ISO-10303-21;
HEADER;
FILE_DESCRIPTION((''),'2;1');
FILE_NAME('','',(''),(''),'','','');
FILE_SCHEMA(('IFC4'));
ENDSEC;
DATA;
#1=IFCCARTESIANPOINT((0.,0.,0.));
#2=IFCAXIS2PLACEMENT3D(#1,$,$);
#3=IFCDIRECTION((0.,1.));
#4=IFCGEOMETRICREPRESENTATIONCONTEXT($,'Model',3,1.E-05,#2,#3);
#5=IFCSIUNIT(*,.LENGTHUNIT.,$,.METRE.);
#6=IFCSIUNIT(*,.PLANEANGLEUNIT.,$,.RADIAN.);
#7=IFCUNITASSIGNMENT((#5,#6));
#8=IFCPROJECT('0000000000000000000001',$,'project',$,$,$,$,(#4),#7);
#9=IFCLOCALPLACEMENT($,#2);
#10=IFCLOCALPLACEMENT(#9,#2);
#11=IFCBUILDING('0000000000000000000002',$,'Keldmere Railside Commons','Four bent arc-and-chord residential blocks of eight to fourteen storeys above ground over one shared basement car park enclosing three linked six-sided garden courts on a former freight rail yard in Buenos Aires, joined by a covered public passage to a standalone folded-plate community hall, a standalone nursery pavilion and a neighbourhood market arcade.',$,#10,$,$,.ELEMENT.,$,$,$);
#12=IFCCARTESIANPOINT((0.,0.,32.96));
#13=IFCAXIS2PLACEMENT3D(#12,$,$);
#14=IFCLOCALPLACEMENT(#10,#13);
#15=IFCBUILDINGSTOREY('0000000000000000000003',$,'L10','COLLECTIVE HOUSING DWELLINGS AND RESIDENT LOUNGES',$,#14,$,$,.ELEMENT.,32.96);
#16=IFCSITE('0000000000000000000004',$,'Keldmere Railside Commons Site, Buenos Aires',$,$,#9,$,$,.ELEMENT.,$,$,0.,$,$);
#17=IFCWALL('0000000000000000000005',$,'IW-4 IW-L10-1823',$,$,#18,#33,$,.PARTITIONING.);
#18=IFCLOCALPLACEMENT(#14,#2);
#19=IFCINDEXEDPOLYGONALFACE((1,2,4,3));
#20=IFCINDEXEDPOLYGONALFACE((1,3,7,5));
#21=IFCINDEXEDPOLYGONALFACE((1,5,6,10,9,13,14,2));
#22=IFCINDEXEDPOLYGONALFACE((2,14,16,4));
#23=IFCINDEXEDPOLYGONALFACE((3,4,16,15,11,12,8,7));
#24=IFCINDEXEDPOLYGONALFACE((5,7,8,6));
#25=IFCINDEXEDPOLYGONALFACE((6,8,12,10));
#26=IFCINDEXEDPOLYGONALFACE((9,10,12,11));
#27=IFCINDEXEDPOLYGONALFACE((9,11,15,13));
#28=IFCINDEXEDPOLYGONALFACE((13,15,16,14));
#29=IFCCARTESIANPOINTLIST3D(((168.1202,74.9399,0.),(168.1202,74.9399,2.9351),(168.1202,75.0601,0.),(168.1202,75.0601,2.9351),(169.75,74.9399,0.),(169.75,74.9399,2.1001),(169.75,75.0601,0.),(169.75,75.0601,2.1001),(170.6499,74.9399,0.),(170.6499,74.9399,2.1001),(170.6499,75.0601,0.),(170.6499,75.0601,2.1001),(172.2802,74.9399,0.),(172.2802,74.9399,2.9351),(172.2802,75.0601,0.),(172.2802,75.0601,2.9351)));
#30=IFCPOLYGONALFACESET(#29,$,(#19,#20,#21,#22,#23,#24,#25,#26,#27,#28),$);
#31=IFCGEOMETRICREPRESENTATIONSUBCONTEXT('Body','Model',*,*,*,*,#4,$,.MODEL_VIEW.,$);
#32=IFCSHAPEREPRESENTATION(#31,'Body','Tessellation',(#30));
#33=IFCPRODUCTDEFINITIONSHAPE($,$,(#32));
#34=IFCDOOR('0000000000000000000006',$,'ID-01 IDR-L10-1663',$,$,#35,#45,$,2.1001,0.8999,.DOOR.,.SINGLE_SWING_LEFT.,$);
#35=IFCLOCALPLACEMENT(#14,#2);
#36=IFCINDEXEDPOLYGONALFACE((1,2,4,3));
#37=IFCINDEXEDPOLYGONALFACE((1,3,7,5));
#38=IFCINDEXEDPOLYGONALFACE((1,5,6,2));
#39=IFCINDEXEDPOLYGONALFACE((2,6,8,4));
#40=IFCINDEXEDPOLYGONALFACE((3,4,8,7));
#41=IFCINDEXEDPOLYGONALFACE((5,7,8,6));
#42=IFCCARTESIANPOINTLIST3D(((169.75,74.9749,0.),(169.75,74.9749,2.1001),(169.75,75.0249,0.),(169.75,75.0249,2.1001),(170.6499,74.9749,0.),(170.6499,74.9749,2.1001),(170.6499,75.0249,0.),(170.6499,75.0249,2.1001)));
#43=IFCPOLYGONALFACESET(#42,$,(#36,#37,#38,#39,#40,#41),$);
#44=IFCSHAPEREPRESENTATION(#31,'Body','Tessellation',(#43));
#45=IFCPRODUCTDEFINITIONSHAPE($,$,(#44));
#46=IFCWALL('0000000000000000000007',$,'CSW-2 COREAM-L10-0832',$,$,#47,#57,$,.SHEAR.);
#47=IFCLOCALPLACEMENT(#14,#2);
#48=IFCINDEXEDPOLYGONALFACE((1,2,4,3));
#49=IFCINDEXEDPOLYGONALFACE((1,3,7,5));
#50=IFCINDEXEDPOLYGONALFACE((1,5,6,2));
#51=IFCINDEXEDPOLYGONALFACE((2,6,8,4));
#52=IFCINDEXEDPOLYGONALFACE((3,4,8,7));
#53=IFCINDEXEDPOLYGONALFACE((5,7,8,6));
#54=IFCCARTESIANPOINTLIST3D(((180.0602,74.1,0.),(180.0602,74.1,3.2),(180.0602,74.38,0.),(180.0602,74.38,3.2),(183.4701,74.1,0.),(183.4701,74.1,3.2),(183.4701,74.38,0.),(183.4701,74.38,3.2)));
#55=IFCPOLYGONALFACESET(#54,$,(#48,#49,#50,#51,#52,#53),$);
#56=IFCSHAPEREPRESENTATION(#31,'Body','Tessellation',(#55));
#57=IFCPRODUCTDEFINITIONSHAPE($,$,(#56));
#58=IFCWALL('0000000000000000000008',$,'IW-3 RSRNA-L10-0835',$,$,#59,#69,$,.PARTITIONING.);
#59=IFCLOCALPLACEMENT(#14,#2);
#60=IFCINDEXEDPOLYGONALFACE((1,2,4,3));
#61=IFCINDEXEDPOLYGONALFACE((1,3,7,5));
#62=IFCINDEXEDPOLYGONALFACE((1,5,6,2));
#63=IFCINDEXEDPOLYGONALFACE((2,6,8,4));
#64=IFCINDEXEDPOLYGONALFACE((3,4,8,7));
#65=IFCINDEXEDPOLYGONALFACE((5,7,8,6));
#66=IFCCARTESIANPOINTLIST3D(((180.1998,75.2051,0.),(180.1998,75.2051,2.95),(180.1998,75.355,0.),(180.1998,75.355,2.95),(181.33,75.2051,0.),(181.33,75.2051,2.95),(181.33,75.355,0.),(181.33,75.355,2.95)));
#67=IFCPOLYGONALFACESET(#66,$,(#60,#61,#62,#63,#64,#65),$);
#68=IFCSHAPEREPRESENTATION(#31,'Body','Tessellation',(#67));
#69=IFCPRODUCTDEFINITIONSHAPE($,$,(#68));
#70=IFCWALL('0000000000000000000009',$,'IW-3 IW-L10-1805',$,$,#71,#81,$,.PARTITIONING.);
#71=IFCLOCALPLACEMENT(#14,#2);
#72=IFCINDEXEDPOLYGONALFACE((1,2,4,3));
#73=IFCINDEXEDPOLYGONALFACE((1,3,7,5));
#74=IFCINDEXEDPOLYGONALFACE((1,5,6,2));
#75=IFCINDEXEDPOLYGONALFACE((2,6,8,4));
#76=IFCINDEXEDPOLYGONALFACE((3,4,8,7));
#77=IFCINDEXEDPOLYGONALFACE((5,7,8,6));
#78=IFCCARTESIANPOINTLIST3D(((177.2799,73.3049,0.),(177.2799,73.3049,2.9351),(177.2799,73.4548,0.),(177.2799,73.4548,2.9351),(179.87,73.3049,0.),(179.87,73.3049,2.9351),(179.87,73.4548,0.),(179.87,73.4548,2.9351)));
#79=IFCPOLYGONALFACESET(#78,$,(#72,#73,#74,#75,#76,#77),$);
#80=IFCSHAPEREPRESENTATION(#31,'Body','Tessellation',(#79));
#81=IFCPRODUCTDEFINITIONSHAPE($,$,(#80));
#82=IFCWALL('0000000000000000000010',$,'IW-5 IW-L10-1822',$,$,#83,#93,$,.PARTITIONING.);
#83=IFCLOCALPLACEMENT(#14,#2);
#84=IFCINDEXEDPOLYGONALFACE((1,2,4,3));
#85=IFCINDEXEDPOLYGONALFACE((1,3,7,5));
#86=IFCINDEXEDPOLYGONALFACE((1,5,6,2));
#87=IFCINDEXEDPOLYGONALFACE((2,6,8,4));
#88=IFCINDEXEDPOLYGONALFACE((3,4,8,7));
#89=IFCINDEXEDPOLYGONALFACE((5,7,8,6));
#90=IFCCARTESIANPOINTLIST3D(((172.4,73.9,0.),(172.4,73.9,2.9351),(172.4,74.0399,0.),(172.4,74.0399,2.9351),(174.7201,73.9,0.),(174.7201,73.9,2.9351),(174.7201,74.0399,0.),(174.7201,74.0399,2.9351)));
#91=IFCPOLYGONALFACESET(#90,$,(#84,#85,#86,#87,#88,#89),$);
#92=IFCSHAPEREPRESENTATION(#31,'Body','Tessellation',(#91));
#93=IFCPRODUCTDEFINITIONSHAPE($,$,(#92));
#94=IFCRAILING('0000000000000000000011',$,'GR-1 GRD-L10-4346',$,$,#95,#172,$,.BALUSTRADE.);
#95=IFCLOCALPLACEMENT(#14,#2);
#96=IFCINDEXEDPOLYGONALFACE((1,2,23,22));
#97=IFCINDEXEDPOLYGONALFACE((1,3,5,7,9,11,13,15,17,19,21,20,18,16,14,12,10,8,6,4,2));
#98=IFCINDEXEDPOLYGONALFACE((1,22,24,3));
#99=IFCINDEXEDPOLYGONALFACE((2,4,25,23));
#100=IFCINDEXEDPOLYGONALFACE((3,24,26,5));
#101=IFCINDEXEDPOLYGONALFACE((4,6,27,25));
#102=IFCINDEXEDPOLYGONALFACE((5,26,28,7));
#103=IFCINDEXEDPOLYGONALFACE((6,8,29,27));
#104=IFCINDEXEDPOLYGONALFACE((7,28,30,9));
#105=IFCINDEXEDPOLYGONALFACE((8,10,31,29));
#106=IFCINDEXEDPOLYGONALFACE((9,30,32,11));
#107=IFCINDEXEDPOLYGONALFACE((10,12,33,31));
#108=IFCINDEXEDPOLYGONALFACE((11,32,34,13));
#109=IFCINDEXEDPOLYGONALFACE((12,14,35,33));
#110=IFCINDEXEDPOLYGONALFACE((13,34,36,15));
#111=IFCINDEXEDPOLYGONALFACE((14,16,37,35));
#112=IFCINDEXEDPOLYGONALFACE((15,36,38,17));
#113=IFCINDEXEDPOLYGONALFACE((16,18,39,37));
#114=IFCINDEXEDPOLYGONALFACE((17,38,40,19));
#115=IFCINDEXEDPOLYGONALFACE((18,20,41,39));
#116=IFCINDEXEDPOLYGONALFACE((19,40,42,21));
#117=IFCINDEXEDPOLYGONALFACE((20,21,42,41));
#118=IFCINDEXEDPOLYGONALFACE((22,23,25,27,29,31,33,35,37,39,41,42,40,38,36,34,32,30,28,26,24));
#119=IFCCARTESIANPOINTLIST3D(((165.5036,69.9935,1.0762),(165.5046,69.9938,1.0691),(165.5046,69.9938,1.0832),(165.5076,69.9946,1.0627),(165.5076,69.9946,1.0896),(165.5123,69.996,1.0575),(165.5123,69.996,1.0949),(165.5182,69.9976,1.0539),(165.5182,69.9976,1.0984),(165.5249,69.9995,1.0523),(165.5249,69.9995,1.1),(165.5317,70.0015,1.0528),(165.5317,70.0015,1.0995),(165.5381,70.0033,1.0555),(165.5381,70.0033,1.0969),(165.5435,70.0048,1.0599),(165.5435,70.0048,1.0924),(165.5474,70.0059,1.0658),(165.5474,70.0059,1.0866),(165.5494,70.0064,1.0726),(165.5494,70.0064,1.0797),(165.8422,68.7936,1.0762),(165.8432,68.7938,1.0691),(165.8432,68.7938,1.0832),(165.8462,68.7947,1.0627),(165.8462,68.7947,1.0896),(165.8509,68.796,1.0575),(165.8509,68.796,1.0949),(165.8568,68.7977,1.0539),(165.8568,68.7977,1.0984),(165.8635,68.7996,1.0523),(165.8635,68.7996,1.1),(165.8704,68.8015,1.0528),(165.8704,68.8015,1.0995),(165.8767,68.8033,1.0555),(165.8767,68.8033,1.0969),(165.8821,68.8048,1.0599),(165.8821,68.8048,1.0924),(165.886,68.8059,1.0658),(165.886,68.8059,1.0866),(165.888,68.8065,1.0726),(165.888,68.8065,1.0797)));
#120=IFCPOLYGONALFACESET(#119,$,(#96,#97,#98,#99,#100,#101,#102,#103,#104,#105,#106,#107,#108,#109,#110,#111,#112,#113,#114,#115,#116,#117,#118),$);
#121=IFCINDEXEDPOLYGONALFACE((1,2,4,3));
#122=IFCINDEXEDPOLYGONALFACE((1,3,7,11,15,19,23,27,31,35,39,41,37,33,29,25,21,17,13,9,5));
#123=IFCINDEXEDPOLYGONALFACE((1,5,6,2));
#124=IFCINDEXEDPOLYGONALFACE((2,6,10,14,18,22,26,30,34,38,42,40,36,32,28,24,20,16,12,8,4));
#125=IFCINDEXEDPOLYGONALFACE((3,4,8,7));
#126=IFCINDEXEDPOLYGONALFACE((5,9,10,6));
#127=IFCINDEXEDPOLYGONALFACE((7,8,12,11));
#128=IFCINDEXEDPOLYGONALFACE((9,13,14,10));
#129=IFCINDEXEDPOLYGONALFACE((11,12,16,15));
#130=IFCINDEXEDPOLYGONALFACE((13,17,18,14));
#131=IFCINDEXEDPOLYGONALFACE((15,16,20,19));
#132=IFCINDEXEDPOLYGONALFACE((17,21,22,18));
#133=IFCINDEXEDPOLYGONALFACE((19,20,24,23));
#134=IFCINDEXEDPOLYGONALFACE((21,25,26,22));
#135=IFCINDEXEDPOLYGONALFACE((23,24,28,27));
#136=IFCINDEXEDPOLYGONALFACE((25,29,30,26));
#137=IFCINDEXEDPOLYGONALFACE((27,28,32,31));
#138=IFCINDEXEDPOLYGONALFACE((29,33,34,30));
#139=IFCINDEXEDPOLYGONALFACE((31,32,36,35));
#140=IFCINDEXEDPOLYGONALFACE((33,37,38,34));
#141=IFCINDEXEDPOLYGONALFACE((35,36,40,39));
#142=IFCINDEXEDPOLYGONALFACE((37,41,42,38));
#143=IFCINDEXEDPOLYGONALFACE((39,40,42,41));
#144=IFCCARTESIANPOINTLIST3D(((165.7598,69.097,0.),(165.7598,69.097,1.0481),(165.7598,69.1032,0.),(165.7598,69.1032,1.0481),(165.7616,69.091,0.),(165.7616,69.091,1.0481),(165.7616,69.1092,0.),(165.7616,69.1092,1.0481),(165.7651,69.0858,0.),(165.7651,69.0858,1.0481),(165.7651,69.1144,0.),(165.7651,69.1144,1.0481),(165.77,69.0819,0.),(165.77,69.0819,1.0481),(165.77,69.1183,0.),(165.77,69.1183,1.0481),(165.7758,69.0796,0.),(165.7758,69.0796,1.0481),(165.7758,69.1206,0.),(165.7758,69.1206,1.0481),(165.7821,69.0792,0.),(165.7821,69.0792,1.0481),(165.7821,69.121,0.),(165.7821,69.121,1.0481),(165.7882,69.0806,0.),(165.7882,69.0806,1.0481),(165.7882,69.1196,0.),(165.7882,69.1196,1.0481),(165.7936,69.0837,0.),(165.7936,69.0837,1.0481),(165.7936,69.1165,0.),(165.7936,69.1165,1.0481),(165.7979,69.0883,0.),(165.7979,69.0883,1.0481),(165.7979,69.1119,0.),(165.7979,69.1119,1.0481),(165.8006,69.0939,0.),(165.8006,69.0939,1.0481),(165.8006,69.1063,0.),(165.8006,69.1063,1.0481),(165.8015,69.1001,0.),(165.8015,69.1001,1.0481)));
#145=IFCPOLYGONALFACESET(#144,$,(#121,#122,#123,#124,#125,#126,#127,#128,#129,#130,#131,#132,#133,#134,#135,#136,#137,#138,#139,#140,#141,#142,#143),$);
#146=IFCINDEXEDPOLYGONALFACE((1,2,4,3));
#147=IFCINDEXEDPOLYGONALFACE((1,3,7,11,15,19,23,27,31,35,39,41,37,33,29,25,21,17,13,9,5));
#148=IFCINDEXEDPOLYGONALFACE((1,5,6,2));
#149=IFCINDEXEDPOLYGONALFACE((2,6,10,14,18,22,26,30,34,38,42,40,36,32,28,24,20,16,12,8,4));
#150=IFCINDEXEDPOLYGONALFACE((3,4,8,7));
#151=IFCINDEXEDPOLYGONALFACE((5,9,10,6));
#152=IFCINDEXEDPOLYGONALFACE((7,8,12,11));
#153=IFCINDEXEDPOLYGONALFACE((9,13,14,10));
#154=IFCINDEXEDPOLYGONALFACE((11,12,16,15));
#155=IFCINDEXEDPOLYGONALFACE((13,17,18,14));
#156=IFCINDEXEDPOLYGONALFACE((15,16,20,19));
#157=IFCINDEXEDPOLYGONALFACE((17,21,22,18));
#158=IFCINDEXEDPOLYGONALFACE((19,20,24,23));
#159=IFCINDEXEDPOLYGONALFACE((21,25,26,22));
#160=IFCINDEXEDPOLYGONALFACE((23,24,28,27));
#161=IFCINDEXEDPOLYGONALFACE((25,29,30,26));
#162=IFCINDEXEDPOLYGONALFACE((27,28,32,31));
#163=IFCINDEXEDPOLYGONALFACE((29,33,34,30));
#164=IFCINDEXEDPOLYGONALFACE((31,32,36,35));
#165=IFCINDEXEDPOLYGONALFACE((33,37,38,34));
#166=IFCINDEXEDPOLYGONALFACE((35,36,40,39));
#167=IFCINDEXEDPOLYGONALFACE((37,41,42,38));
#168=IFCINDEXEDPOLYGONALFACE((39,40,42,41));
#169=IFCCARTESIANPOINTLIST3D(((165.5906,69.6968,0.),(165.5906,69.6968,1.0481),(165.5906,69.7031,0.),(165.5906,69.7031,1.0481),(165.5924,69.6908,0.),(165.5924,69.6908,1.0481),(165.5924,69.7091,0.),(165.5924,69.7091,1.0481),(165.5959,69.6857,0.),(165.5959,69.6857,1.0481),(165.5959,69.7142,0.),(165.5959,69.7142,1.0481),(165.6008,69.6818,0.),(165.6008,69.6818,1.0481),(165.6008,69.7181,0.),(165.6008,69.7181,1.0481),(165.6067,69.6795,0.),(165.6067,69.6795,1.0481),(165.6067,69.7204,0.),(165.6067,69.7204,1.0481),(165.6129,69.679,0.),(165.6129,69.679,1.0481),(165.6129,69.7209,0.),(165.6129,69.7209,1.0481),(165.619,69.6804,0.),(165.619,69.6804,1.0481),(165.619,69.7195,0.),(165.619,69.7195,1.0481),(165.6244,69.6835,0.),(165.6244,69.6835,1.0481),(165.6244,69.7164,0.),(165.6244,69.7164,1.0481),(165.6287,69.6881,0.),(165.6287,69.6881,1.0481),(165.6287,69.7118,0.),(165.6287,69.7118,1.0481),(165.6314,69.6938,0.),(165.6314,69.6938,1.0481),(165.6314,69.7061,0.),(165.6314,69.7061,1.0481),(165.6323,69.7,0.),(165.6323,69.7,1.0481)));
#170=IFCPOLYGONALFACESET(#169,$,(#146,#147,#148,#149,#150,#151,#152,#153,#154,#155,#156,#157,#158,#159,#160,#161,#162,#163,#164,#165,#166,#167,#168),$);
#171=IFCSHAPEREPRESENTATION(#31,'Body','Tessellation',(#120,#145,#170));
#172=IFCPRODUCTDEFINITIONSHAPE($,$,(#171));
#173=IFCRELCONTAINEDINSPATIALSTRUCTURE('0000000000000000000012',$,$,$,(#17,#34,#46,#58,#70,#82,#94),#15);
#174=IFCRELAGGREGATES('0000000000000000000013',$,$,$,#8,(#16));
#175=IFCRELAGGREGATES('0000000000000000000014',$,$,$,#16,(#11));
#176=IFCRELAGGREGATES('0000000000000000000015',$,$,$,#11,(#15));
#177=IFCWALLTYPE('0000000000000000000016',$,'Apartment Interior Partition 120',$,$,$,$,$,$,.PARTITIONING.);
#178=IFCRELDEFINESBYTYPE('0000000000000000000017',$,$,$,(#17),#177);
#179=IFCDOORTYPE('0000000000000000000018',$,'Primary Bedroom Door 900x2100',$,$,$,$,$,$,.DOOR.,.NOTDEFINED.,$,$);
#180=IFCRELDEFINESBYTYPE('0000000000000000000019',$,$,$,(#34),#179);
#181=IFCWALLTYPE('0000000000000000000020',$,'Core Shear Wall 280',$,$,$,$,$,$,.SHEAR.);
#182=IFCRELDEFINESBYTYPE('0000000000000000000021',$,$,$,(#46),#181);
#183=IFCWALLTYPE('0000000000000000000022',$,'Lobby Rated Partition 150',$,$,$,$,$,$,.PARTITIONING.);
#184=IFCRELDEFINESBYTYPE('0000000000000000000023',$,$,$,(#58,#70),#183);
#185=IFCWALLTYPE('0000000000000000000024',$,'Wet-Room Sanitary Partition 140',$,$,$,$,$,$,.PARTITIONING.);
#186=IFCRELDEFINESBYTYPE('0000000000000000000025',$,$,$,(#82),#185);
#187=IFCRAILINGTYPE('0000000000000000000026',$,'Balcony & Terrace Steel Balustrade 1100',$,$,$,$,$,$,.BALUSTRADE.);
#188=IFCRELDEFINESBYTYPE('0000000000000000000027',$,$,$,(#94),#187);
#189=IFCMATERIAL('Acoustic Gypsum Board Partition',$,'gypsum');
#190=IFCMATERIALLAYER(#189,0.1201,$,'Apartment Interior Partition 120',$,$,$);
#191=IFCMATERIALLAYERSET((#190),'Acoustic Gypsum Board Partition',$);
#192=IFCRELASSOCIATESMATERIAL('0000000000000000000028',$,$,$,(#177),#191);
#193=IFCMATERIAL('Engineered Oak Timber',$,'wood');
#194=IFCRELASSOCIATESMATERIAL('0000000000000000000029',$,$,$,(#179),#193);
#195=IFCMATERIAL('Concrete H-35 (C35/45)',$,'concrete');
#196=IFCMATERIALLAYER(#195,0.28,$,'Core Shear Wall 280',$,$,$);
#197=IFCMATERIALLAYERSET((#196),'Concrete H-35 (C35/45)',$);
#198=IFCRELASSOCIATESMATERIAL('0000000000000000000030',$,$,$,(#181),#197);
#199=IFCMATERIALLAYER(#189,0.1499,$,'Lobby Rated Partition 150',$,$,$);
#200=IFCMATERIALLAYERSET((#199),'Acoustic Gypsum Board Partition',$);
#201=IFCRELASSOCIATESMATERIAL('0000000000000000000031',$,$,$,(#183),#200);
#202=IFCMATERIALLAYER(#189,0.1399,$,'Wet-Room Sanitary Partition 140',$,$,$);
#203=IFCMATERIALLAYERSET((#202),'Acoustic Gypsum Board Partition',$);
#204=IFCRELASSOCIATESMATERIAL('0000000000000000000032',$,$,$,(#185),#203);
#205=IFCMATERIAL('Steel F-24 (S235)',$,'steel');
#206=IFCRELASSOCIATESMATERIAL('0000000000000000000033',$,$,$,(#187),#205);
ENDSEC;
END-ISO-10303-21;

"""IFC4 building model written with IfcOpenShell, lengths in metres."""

from ifc_helpers import new_model, si_unit, direction, frame, frame_2d, origin, origin_2d, place, context, subcontext, project, spatial, rectangle, circle, extrude, material, layer, layer_set, type_object, element, fill, save


model = new_model("IFC4")

# Units and contexts
model_context = context("Model", 3, precision=1e-05, world=origin(), true_north=direction((0.0, 1.0)))
body_context = subcontext(model_context, "Body", "Model", "MODEL_VIEW")
ifc_project = project(units=[si_unit("LENGTHUNIT", "METRE"), si_unit("PLANEANGLEUNIT", "RADIAN")], contexts=[model_context])

# Site, building, storey
site_placement = place(None, origin())
site = spatial("IfcSite", under=ifc_project, at=site_placement, Name="Keldmere Railside Commons Site, Buenos Aires", CompositionType="ELEMENT", RefElevation=0.0)
building_placement = place(site_placement, origin())
building = spatial("IfcBuilding", under=site, at=building_placement, Name="Keldmere Railside Commons", Description="Four bent arc-and-chord residential blocks of eight to fourteen storeys above ground over one shared basement car park enclosing three linked six-sided garden courts on a former freight rail yard in Buenos Aires, joined by a covered public passage to a standalone folded-plate community hall, a standalone nursery pavilion and a neighbourhood market arcade.", CompositionType="ELEMENT")
storey_placement = place(building_placement, frame((0.0, 0.0, 32.96)))
storey = spatial("IfcBuildingStorey", under=building, at=storey_placement, Name="L10", Description="COLLECTIVE HOUSING DWELLINGS AND RESIDENT LOUNGES", CompositionType="ELEMENT", Elevation=32.96)

# Shared definitions
ifc_material_1 = material(Name="Concrete H-35 (C35/45)", Category="concrete")

# Shared definitions
ifc_material_2 = material(Name="Acoustic Gypsum Board Partition", Category="gypsum")

# Shared definitions
ifc_layer_1 = layer(ifc_material_2, 0.1201, Name="Apartment Interior Partition 120")
ifc_layer_set_1 = layer_set([ifc_layer_1], Name="Acoustic Gypsum Board Partition")
wall_type_1 = type_object("IfcWallType", Name="Apartment Interior Partition 120", PredefinedType="PARTITIONING", material=ifc_layer_set_1)
ifc_material_3 = material(Name="Engineered Oak Timber", Category="wood")

# Wall, opening, door
wall_1_placement = place(storey_placement, frame((168.1201, 75.0, 0.0), z_axis=(0.0, 0.0, 1.0), x_axis=(1.0, 0.0, 0.0)))
wall_1 = element("IfcWall", 1, at=wall_1_placement, inside=storey, type_object=wall_type_1, Name="IW-4 IW-L10-1823", PredefinedType="PARTITIONING", context=body_context, shape_type="SweptSolid", body=[
    extrude(rectangle(XDim=4.1599, YDim=0.1201, at=frame_2d((2.0801, 0.0))), origin(), (0.0, 0.0, 1.0), 2.9351),
])
opening_1_placement = place(wall_1_placement, frame((1.6299, 0.0, 0.0)))
opening_1 = element("IfcOpeningElement", 2, at=opening_1_placement, cuts=wall_1, PredefinedType="OPENING", context=body_context, shape_type="SweptSolid", body=[
    extrude(rectangle(XDim=0.8999, YDim=2.1001, at=frame_2d((0.45, 1.05))), frame((0.0, 0.0701, 0.0), z_axis=(0.0, -1.0, 0.0), x_axis=(1.0, 0.0, 0.0)), (0.0, 0.0, 1.0), 0.1401),
])
door_type_1 = type_object("IfcDoorType", Name="Primary Bedroom Door 900x2100", OperationType="NOTDEFINED", PredefinedType="DOOR", material=ifc_material_3)
door_1_placement = place(opening_1_placement, origin())
door_1 = element("IfcDoor", 3, at=door_1_placement, inside=storey, type_object=door_type_1, Name="ID-01 IDR-L10-1663", OperationType="SINGLE_SWING_LEFT", OverallHeight=2.1001, OverallWidth=0.8999, PredefinedType="DOOR", context=body_context, shape_type="SweptSolid", body=[
    extrude(rectangle(XDim=0.8999, YDim=2.1001, at=frame_2d((0.45, 1.05))), frame((0.0, 0.0249, 0.0), z_axis=(0.0, -1.0, 0.0), x_axis=(1.0, 0.0, 0.0)), (0.0, 0.0, 1.0), 0.05),
])
fill(opening_1, door_1)

# Walls
ifc_layer_2 = layer(ifc_material_1, 0.28, Name="Core Shear Wall 280")
ifc_layer_set_2 = layer_set([ifc_layer_2], Name="Concrete H-35 (C35/45)")
wall_type_2 = type_object("IfcWallType", Name="Core Shear Wall 280", PredefinedType="SHEAR", material=ifc_layer_set_2)
wall_2_placement = place(storey_placement, frame((180.0601, 74.24, 0.0), z_axis=(0.0, 0.0, 1.0), x_axis=(1.0, 0.0, 0.0)))
element("IfcWall", 4, at=wall_2_placement, inside=storey, type_object=wall_type_2, Name="CSW-2 COREAM-L10-0832", PredefinedType="SHEAR", context=body_context, shape_type="SweptSolid", body=[
    extrude(rectangle(XDim=3.4099, YDim=0.28, at=frame_2d((1.7051, 0.0))), origin(), (0.0, 0.0, 1.0), 3.2),
])
ifc_layer_3 = layer(ifc_material_2, 0.1499, Name="Lobby Rated Partition 150")
ifc_layer_set_3 = layer_set([ifc_layer_3], Name="Acoustic Gypsum Board Partition")
wall_type_3 = type_object("IfcWallType", Name="Lobby Rated Partition 150", PredefinedType="PARTITIONING", material=ifc_layer_set_3)
wall_3_placement = place(storey_placement, frame((180.2, 75.28, 0.0), z_axis=(0.0, 0.0, 1.0), x_axis=(1.0, 0.0, 0.0)))
element("IfcWall", 5, at=wall_3_placement, inside=storey, type_object=wall_type_3, Name="IW-3 RSRNA-L10-0835", PredefinedType="PARTITIONING", context=body_context, shape_type="SweptSolid", body=[
    extrude(rectangle(XDim=1.1301, YDim=0.1499, at=frame_2d((0.5649, 0.0))), origin(), (0.0, 0.0, 1.0), 2.95),
])
wall_4_placement = place(storey_placement, frame((177.28, 73.3799, 0.0), z_axis=(0.0, 0.0, 1.0), x_axis=(1.0, 0.0, 0.0)))
element("IfcWall", 6, at=wall_4_placement, inside=storey, type_object=wall_type_3, Name="IW-3 IW-L10-1805", PredefinedType="PARTITIONING", context=body_context, shape_type="SweptSolid", body=[
    extrude(rectangle(XDim=2.5901, YDim=0.1499, at=frame_2d((1.2949, 0.0))), origin(), (0.0, 0.0, 1.0), 2.9351),
])
ifc_layer_4 = layer(ifc_material_2, 0.1399, Name="Wet-Room Sanitary Partition 140")
ifc_layer_set_4 = layer_set([ifc_layer_4], Name="Acoustic Gypsum Board Partition")
wall_type_4 = type_object("IfcWallType", Name="Wet-Room Sanitary Partition 140", PredefinedType="PARTITIONING", material=ifc_layer_set_4)
wall_5_placement = place(storey_placement, frame((172.3999, 73.97, 0.0), z_axis=(0.0, 0.0, 1.0), x_axis=(1.0, 0.0, 0.0)))
element("IfcWall", 7, at=wall_5_placement, inside=storey, type_object=wall_type_4, Name="IW-5 IW-L10-1822", PredefinedType="PARTITIONING", context=body_context, shape_type="SweptSolid", body=[
    extrude(rectangle(XDim=2.3201, YDim=0.1399, at=frame_2d((1.1602, 0.0))), origin(), (0.0, 0.0, 1.0), 2.9351),
])

# Railing
ifc_material_4 = material(Name="Steel F-24 (S235)", Category="steel")
railing_type_1 = type_object("IfcRailingType", Name="Balcony & Terrace Steel Balustrade 1100", PredefinedType="BALUSTRADE", material=ifc_material_4)
railing_1_placement = place(storey_placement, frame((165.8652, 68.8, 0.0)))
element("IfcRailing", 8, at=railing_1_placement, inside=storey, type_object=railing_type_1, Name="GR-1 GRD-L10-4346", PredefinedType="BALUSTRADE", context=body_context, shape_type="SweptSolid", body=[
    extrude(circle(Radius=0.0239, at=origin_2d()), frame((0.0, 0.0, 1.0762), z_axis=(-0.27159, 0.962413, 0.0), x_axis=(-0.962413, -0.27159, 0.0)), (0.0, 0.0, 1.0), 1.2468),
    extrude(circle(Radius=0.021, at=origin_2d()), frame((-0.0847, 0.3, 0.0)), (0.0, 0.0, 1.0), 1.0481),
    extrude(circle(Radius=0.021, at=origin_2d()), frame((-0.2539, 0.8999, 0.0)), (0.0, 0.0, 1.0), 1.0481),
])

save(model, "model.ifc")
